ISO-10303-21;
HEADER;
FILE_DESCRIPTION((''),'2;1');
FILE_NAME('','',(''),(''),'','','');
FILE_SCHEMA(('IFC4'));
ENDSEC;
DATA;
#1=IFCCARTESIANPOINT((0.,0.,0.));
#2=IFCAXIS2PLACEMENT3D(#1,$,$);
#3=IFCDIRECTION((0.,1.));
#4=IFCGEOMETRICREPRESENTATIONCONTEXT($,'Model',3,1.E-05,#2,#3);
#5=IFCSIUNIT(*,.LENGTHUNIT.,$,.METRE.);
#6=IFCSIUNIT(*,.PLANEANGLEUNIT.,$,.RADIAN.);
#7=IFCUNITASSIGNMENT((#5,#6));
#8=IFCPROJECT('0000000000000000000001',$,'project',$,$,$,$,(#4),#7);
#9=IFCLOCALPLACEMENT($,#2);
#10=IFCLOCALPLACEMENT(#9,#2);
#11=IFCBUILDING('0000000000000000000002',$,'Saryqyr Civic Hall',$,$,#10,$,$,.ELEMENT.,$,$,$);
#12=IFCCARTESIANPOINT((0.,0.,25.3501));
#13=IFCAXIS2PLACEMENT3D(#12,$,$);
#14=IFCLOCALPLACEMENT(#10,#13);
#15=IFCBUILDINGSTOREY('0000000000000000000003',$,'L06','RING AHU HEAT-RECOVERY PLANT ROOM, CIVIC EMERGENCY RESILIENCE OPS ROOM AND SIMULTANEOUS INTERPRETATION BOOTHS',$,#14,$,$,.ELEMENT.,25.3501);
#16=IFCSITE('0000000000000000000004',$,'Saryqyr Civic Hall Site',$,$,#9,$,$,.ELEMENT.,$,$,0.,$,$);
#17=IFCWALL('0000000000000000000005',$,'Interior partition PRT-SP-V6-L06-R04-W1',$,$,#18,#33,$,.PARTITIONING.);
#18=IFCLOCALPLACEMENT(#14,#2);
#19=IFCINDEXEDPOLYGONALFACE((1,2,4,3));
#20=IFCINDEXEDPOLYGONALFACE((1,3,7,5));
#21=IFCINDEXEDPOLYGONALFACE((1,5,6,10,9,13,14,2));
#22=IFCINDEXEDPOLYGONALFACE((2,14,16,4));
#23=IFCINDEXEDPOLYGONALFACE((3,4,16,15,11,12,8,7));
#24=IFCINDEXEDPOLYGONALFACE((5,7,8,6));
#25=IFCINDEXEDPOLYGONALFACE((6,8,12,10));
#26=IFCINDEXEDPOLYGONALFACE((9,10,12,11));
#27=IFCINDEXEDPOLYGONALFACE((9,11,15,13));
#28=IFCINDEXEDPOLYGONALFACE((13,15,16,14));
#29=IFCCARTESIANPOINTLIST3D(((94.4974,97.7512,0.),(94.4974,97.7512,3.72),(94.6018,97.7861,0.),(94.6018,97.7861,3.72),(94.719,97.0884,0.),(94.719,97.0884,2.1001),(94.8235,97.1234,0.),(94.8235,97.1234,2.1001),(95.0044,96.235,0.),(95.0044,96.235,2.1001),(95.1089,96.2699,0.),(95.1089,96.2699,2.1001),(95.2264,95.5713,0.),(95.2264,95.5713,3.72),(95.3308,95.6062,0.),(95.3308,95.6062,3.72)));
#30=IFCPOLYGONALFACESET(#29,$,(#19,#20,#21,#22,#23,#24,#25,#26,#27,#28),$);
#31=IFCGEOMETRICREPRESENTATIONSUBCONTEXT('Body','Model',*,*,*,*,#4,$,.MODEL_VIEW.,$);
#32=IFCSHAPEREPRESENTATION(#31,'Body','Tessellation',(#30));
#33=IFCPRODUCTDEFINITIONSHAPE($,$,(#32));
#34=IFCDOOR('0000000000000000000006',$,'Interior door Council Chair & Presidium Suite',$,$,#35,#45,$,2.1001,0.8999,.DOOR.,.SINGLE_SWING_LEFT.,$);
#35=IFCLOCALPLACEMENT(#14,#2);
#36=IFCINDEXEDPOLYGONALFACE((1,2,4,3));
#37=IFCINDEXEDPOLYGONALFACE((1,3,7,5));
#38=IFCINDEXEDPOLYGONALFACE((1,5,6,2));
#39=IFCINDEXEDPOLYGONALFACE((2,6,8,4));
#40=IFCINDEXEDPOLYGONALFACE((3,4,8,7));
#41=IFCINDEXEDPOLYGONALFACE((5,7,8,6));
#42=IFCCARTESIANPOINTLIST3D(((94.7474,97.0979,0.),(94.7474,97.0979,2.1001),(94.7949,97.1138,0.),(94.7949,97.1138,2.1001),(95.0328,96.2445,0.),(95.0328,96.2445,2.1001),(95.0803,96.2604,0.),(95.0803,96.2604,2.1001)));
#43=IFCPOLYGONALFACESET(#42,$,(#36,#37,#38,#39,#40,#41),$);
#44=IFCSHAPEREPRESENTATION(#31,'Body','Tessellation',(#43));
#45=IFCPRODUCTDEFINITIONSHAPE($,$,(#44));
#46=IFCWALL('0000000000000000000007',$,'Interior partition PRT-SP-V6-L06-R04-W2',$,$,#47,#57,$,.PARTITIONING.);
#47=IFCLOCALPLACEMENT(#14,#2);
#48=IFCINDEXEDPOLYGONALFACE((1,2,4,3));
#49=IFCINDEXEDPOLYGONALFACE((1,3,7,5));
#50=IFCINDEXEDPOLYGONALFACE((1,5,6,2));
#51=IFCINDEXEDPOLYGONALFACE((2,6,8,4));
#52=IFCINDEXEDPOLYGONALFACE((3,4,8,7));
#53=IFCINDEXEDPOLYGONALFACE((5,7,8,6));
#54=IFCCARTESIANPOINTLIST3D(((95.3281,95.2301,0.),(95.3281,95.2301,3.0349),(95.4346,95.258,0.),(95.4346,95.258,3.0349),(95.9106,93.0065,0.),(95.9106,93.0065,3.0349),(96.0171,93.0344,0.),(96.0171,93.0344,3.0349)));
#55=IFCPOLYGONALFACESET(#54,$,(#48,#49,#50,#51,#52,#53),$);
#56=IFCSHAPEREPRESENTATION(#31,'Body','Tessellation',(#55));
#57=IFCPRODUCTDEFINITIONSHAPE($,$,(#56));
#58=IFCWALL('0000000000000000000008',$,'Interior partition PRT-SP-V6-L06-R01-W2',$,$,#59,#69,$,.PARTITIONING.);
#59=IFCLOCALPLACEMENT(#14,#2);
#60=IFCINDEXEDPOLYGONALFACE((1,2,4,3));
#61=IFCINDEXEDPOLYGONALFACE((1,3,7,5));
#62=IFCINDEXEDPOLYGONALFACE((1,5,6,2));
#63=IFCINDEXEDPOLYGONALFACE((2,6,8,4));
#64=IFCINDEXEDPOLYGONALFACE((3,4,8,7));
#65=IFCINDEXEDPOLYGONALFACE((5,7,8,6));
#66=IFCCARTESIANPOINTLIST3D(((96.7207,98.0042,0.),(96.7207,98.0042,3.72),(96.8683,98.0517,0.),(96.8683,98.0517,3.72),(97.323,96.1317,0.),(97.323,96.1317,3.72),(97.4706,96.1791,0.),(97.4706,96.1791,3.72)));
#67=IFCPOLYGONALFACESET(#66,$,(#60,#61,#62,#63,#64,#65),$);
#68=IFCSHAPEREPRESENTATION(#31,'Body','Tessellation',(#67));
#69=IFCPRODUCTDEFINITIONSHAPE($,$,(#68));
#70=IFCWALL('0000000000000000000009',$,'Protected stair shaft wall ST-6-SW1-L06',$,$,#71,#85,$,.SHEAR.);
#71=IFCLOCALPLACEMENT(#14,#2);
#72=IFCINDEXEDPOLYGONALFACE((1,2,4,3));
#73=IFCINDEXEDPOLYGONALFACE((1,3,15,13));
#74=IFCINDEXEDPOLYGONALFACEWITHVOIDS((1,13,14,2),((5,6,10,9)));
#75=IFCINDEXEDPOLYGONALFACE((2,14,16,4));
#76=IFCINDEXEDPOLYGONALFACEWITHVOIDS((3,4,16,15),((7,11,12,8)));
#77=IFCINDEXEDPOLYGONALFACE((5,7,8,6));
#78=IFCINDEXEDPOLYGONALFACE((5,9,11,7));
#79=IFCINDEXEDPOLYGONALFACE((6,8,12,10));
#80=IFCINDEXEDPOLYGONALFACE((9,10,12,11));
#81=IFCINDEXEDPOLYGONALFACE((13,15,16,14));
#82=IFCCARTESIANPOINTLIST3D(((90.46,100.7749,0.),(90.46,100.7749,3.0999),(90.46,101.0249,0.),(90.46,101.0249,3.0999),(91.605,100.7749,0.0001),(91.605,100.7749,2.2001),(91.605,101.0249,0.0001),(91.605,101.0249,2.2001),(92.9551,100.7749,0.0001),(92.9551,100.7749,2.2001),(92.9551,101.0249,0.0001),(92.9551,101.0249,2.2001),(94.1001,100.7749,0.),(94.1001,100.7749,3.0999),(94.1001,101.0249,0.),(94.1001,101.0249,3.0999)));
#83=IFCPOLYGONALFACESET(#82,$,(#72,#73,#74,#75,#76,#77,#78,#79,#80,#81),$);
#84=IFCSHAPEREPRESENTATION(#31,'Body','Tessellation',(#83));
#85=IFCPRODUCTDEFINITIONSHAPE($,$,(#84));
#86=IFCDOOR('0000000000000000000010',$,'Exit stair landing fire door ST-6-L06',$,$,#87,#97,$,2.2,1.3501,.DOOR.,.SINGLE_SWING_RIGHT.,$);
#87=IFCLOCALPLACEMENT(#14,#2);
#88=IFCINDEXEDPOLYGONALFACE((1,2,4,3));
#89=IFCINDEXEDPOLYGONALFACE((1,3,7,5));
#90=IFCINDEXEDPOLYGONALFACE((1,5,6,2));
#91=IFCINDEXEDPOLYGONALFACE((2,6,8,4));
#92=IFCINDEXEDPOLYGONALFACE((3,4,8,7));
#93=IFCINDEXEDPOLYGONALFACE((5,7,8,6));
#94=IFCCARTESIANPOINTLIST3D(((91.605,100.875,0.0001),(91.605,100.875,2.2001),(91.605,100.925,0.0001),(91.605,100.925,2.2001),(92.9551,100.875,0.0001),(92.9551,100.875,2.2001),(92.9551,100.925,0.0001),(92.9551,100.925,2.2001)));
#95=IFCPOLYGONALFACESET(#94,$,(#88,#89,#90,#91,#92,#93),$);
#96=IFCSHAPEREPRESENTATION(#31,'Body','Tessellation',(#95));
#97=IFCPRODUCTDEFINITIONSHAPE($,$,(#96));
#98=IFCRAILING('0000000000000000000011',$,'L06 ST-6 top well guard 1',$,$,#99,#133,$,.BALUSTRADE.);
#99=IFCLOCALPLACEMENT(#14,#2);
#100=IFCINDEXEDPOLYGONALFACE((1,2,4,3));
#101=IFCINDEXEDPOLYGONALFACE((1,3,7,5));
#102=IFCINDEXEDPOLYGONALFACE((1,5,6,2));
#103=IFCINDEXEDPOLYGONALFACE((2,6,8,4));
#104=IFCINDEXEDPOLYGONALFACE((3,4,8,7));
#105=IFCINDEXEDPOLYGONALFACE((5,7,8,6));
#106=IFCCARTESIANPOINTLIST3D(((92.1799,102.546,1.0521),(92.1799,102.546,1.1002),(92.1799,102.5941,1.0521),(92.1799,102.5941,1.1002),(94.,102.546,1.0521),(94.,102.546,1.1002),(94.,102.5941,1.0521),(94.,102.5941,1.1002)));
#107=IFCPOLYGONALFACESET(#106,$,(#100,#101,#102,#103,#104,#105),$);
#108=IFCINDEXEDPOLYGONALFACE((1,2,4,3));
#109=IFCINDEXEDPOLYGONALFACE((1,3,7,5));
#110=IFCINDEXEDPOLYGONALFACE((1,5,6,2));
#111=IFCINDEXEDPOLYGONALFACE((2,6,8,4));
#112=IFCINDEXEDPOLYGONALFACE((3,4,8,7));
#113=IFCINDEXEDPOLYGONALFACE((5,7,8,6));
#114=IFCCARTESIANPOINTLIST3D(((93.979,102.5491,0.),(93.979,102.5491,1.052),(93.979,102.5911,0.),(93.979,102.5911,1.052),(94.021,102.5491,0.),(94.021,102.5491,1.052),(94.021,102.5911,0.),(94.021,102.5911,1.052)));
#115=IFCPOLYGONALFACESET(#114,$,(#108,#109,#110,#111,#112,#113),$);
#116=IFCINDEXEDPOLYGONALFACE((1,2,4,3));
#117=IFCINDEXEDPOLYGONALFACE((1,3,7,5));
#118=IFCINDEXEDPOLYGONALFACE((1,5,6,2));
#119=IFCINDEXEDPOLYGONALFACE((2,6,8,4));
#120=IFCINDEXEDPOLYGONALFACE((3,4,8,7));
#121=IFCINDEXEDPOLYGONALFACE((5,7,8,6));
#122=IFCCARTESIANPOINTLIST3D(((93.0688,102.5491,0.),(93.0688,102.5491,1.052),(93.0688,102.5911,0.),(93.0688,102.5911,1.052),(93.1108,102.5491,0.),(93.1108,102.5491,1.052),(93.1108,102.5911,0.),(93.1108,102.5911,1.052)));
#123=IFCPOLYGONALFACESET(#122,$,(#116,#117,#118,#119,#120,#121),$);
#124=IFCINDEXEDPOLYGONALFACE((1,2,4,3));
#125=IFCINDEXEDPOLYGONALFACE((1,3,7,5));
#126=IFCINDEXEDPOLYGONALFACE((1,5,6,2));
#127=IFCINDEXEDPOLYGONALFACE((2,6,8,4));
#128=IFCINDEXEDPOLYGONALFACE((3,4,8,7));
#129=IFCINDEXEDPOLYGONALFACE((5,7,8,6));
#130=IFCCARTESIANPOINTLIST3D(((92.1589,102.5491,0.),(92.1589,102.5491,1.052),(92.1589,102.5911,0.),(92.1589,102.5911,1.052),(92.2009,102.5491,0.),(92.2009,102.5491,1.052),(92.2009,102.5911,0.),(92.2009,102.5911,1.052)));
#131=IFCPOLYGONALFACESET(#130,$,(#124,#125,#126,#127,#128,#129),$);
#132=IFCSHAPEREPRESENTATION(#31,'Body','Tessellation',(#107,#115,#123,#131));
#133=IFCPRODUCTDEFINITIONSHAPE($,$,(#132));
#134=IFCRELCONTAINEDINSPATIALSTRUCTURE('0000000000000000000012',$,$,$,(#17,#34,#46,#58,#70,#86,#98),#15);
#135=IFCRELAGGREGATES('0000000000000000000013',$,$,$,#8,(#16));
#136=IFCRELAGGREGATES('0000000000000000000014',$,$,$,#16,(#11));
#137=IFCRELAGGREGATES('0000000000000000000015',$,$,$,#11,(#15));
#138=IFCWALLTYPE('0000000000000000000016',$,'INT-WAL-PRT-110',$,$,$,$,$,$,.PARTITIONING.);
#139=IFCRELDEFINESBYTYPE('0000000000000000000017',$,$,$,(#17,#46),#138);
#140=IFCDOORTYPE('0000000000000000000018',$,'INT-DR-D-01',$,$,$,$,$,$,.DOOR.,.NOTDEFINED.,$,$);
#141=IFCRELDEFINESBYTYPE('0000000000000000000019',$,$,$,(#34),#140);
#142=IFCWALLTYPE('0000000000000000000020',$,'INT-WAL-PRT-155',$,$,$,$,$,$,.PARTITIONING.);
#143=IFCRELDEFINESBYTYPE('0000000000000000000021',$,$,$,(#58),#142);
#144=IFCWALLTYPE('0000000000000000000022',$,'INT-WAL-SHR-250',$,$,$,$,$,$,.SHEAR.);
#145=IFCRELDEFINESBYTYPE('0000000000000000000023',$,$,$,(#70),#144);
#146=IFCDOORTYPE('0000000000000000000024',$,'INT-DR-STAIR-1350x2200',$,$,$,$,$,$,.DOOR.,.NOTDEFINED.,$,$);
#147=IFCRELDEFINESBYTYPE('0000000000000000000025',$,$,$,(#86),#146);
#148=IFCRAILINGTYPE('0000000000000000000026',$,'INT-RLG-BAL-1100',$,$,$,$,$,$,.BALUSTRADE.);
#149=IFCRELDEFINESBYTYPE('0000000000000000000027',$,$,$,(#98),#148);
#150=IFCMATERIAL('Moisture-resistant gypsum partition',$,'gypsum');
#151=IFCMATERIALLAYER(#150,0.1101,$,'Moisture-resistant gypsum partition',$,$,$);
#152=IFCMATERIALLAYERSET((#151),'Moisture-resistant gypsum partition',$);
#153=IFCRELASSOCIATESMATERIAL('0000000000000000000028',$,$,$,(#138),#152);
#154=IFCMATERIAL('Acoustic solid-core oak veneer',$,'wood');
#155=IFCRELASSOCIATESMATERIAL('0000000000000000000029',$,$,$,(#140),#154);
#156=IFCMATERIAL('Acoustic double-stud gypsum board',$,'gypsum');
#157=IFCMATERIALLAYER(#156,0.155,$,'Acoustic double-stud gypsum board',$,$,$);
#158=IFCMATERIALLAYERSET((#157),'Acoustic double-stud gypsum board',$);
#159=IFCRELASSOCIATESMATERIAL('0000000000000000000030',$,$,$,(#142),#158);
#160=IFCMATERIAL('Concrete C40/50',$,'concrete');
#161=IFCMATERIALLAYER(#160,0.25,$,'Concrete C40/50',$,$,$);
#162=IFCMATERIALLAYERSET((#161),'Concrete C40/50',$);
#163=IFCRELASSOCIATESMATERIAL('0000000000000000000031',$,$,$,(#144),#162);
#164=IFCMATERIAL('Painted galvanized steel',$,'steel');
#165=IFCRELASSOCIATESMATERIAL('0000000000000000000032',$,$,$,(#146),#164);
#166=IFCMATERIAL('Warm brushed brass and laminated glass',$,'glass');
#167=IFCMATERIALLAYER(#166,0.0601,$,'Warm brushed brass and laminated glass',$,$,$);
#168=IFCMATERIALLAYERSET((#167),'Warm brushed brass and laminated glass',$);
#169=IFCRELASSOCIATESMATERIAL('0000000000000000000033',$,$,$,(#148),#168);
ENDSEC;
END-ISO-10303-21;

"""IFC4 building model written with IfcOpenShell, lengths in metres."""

from ifc_helpers import new_model, si_unit, direction, frame, frame_2d, origin, origin_2d, place, context, subcontext, project, spatial, rectangle, extrude, material, layer, layer_set, type_object, element, fill, save


model = new_model("IFC4")

# Units and contexts
model_context = context("Model", 3, precision=1e-05, world=origin(), true_north=direction((0.0, 1.0)))
body_context = subcontext(model_context, "Body", "Model", "MODEL_VIEW")
ifc_project = project(units=[si_unit("LENGTHUNIT", "METRE"), si_unit("PLANEANGLEUNIT", "RADIAN")], contexts=[model_context])

# Site, building, storey
site_placement = place(None, origin())
site = spatial("IfcSite", under=ifc_project, at=site_placement, Name="Saryqyr Civic Hall Site", CompositionType="ELEMENT", RefElevation=0.0)
building_placement = place(site_placement, origin())
building = spatial("IfcBuilding", under=site, at=building_placement, Name="Saryqyr Civic Hall", CompositionType="ELEMENT")
storey_placement = place(building_placement, frame((0.0, 0.0, 25.3501)))
storey = spatial("IfcBuildingStorey", under=building, at=storey_placement, Name="L06", Description="RING AHU HEAT-RECOVERY PLANT ROOM, CIVIC EMERGENCY RESILIENCE OPS ROOM AND SIMULTANEOUS INTERPRETATION BOOTHS", CompositionType="ELEMENT", Elevation=25.3501)

# Shared definitions
ifc_material_1 = material(Name="Concrete C40/50", Category="concrete")

# Wall, opening, door
ifc_material_2 = material(Name="Moisture-resistant gypsum partition", Category="gypsum")
ifc_layer_1 = layer(ifc_material_2, 0.1101, Name="Moisture-resistant gypsum partition")
ifc_layer_set_1 = layer_set([ifc_layer_1], Name="Moisture-resistant gypsum partition")
wall_type_1 = type_object("IfcWallType", Name="INT-WAL-PRT-110", PredefinedType="PARTITIONING", material=ifc_layer_set_1)
wall_1_placement = place(storey_placement, frame((94.5496, 97.7688, 0.0), z_axis=(0.0, 0.0, 1.0), x_axis=(0.317152, -0.948375, 0.0)))
wall_1 = element("IfcWall", 1, at=wall_1_placement, inside=storey, type_object=wall_type_1, Name="Interior partition PRT-SP-V6-L06-R04-W1", PredefinedType="PARTITIONING", context=body_context, shape_type="SweptSolid", body=[
    extrude(rectangle(XDim=2.2986, YDim=0.1101, at=frame_2d((1.1494, 0.0))), origin(), (0.0, 0.0, 1.0), 3.72),
])
opening_1_placement = place(wall_1_placement, frame((0.699, 0.0, 0.0)))
opening_1 = element("IfcOpeningElement", 2, at=opening_1_placement, cuts=wall_1, PredefinedType="OPENING", context=body_context, shape_type="SweptSolid", body=[
    extrude(rectangle(XDim=0.8999, YDim=2.1001, at=frame_2d((0.45, 1.05))), frame((0.0, 0.0649, 0.0), z_axis=(0.0, -1.0, 0.0), x_axis=(1.0, 0.0, 0.0)), (0.0, 0.0, 1.0), 0.1301),
])
ifc_material_3 = material(Name="Acoustic solid-core oak veneer", Category="wood")
door_type_1 = type_object("IfcDoorType", Name="INT-DR-D-01", OperationType="NOTDEFINED", PredefinedType="DOOR", material=ifc_material_3)
door_1_placement = place(opening_1_placement, origin())
door_1 = element("IfcDoor", 3, at=door_1_placement, inside=storey, type_object=door_type_1, Name="Interior door Council Chair & Presidium Suite", OperationType="SINGLE_SWING_LEFT", OverallHeight=2.1001, OverallWidth=0.8999, PredefinedType="DOOR", context=body_context, shape_type="SweptSolid", body=[
    extrude(rectangle(XDim=0.8999, YDim=2.1001, at=frame_2d((0.45, 1.05))), frame((0.0, 0.0249, 0.0), z_axis=(0.0, -1.0, 0.0), x_axis=(1.0, 0.0, 0.0)), (0.0, 0.0, 1.0), 0.05),
])
fill(opening_1, door_1)

# Walls
wall_2_placement = place(storey_placement, frame((95.3813, 95.2441, 0.0), z_axis=(0.0, 0.0, 1.0), x_axis=(0.253416, -0.967357, 0.0)))
element("IfcWall", 4, at=wall_2_placement, inside=storey, type_object=wall_type_1, Name="Interior partition PRT-SP-V6-L06-R04-W2", PredefinedType="PARTITIONING", context=body_context, shape_type="SweptSolid", body=[
    extrude(rectangle(XDim=2.2986, YDim=0.1101, at=frame_2d((1.1494, 0.0))), origin(), (0.0, 0.0, 1.0), 3.0349),
])
ifc_material_4 = material(Name="Acoustic double-stud gypsum board", Category="gypsum")
ifc_layer_2 = layer(ifc_material_4, 0.155, Name="Acoustic double-stud gypsum board")
ifc_layer_set_2 = layer_set([ifc_layer_2], Name="Acoustic double-stud gypsum board")
wall_type_2 = type_object("IfcWallType", Name="INT-WAL-PRT-155", PredefinedType="PARTITIONING", material=ifc_layer_set_2)
wall_3_placement = place(storey_placement, frame((97.3967, 96.1555, 0.0), z_axis=(0.0, 0.0, 1.0), x_axis=(-0.306194, 0.951969, 0.0)))
element("IfcWall", 5, at=wall_3_placement, inside=storey, type_object=wall_type_2, Name="Interior partition PRT-SP-V6-L06-R01-W2", PredefinedType="PARTITIONING", context=body_context, shape_type="SweptSolid", body=[
    extrude(rectangle(XDim=1.967, YDim=0.155, at=frame_2d((0.9834, 0.0))), origin(), (0.0, 0.0, 1.0), 3.72),
])

# Wall, opening, door
ifc_layer_3 = layer(ifc_material_1, 0.25, Name="Concrete C40/50")
ifc_layer_set_3 = layer_set([ifc_layer_3], Name="Concrete C40/50")
wall_type_3 = type_object("IfcWallType", Name="INT-WAL-SHR-250", PredefinedType="SHEAR", material=ifc_layer_set_3)
wall_4_placement = place(storey_placement, frame((94.1001, 100.8999, 0.0), z_axis=(0.0, 0.0, 1.0), x_axis=(-1.0, 0.0, 0.0)))
wall_4 = element("IfcWall", 6, at=wall_4_placement, inside=storey, type_object=wall_type_3, Name="Protected stair shaft wall ST-6-SW1-L06", PredefinedType="SHEAR", context=body_context, shape_type="SweptSolid", body=[
    extrude(rectangle(XDim=3.6401, YDim=0.25, at=frame_2d((1.8201, 0.0))), origin(), (0.0, 0.0, 1.0), 3.0999),
])
opening_2_placement = place(wall_4_placement, frame((1.145, 0.0, 0.0)))
opening_2 = element("IfcOpeningElement", 7, at=opening_2_placement, cuts=wall_4, PredefinedType="OPENING", context=body_context, shape_type="SweptSolid", body=[
    extrude(rectangle(XDim=1.3501, YDim=2.2, at=frame_2d((0.675, 1.1001))), frame((0.0, 0.135, 0.0), z_axis=(0.0, -1.0, 0.0), x_axis=(1.0, 0.0, 0.0)), (0.0, 0.0, 1.0), 0.27),
])
ifc_material_5 = material(Name="Painted galvanized steel", Category="steel")
door_type_2 = type_object("IfcDoorType", Name="INT-DR-STAIR-1350x2200", OperationType="NOTDEFINED", PredefinedType="DOOR", material=ifc_material_5)
door_2_placement = place(opening_2_placement, origin())
door_2 = element("IfcDoor", 8, at=door_2_placement, inside=storey, type_object=door_type_2, Name="Exit stair landing fire door ST-6-L06", OperationType="SINGLE_SWING_RIGHT", OverallHeight=2.2, OverallWidth=1.3501, PredefinedType="DOOR", context=body_context, shape_type="SweptSolid", body=[
    extrude(rectangle(XDim=1.3501, YDim=2.2, at=frame_2d((0.675, 1.1001))), frame((0.0, 0.0249, 0.0), z_axis=(0.0, -1.0, 0.0), x_axis=(1.0, 0.0, 0.0)), (0.0, 0.0, 1.0), 0.05),
])
fill(opening_2, door_2)

# Railing
ifc_material_6 = material(Name="Warm brushed brass and laminated glass", Category="glass")
ifc_layer_4 = layer(ifc_material_6, 0.0601, Name="Warm brushed brass and laminated glass")
ifc_layer_set_4 = layer_set([ifc_layer_4], Name="Warm brushed brass and laminated glass")
railing_type = type_object("IfcRailingType", Name="INT-RLG-BAL-1100", PredefinedType="BALUSTRADE", material=ifc_layer_set_4)
railing_placement = place(storey_placement, frame((94.0, 102.5701, 0.0)))
element("IfcRailing", 9, at=railing_placement, inside=storey, type_object=railing_type, Name="L06 ST-6 top well guard 1", PredefinedType="BALUSTRADE", context=body_context, shape_type="SweptSolid", body=[
    extrude(rectangle(XDim=0.0481, YDim=0.0481, at=origin_2d()), frame((0.0, 0.0, 1.0762), z_axis=(-1.0, 0.0, 0.0), x_axis=(0.0, -1.0, 0.0)), (0.0, 0.0, 1.0), 1.8201),
    extrude(rectangle(XDim=0.042, YDim=0.042, at=origin_2d()), origin(), (0.0, 0.0, 1.0), 1.052),
    extrude(rectangle(XDim=0.042, YDim=0.042, at=origin_2d()), frame((-0.9102, 0.0, 0.0)), (0.0, 0.0, 1.0), 1.052),
    extrude(rectangle(XDim=0.042, YDim=0.042, at=origin_2d()), frame((-1.8201, 0.0, 0.0)), (0.0, 0.0, 1.0), 1.052),
])

save(model, "model.ifc")
